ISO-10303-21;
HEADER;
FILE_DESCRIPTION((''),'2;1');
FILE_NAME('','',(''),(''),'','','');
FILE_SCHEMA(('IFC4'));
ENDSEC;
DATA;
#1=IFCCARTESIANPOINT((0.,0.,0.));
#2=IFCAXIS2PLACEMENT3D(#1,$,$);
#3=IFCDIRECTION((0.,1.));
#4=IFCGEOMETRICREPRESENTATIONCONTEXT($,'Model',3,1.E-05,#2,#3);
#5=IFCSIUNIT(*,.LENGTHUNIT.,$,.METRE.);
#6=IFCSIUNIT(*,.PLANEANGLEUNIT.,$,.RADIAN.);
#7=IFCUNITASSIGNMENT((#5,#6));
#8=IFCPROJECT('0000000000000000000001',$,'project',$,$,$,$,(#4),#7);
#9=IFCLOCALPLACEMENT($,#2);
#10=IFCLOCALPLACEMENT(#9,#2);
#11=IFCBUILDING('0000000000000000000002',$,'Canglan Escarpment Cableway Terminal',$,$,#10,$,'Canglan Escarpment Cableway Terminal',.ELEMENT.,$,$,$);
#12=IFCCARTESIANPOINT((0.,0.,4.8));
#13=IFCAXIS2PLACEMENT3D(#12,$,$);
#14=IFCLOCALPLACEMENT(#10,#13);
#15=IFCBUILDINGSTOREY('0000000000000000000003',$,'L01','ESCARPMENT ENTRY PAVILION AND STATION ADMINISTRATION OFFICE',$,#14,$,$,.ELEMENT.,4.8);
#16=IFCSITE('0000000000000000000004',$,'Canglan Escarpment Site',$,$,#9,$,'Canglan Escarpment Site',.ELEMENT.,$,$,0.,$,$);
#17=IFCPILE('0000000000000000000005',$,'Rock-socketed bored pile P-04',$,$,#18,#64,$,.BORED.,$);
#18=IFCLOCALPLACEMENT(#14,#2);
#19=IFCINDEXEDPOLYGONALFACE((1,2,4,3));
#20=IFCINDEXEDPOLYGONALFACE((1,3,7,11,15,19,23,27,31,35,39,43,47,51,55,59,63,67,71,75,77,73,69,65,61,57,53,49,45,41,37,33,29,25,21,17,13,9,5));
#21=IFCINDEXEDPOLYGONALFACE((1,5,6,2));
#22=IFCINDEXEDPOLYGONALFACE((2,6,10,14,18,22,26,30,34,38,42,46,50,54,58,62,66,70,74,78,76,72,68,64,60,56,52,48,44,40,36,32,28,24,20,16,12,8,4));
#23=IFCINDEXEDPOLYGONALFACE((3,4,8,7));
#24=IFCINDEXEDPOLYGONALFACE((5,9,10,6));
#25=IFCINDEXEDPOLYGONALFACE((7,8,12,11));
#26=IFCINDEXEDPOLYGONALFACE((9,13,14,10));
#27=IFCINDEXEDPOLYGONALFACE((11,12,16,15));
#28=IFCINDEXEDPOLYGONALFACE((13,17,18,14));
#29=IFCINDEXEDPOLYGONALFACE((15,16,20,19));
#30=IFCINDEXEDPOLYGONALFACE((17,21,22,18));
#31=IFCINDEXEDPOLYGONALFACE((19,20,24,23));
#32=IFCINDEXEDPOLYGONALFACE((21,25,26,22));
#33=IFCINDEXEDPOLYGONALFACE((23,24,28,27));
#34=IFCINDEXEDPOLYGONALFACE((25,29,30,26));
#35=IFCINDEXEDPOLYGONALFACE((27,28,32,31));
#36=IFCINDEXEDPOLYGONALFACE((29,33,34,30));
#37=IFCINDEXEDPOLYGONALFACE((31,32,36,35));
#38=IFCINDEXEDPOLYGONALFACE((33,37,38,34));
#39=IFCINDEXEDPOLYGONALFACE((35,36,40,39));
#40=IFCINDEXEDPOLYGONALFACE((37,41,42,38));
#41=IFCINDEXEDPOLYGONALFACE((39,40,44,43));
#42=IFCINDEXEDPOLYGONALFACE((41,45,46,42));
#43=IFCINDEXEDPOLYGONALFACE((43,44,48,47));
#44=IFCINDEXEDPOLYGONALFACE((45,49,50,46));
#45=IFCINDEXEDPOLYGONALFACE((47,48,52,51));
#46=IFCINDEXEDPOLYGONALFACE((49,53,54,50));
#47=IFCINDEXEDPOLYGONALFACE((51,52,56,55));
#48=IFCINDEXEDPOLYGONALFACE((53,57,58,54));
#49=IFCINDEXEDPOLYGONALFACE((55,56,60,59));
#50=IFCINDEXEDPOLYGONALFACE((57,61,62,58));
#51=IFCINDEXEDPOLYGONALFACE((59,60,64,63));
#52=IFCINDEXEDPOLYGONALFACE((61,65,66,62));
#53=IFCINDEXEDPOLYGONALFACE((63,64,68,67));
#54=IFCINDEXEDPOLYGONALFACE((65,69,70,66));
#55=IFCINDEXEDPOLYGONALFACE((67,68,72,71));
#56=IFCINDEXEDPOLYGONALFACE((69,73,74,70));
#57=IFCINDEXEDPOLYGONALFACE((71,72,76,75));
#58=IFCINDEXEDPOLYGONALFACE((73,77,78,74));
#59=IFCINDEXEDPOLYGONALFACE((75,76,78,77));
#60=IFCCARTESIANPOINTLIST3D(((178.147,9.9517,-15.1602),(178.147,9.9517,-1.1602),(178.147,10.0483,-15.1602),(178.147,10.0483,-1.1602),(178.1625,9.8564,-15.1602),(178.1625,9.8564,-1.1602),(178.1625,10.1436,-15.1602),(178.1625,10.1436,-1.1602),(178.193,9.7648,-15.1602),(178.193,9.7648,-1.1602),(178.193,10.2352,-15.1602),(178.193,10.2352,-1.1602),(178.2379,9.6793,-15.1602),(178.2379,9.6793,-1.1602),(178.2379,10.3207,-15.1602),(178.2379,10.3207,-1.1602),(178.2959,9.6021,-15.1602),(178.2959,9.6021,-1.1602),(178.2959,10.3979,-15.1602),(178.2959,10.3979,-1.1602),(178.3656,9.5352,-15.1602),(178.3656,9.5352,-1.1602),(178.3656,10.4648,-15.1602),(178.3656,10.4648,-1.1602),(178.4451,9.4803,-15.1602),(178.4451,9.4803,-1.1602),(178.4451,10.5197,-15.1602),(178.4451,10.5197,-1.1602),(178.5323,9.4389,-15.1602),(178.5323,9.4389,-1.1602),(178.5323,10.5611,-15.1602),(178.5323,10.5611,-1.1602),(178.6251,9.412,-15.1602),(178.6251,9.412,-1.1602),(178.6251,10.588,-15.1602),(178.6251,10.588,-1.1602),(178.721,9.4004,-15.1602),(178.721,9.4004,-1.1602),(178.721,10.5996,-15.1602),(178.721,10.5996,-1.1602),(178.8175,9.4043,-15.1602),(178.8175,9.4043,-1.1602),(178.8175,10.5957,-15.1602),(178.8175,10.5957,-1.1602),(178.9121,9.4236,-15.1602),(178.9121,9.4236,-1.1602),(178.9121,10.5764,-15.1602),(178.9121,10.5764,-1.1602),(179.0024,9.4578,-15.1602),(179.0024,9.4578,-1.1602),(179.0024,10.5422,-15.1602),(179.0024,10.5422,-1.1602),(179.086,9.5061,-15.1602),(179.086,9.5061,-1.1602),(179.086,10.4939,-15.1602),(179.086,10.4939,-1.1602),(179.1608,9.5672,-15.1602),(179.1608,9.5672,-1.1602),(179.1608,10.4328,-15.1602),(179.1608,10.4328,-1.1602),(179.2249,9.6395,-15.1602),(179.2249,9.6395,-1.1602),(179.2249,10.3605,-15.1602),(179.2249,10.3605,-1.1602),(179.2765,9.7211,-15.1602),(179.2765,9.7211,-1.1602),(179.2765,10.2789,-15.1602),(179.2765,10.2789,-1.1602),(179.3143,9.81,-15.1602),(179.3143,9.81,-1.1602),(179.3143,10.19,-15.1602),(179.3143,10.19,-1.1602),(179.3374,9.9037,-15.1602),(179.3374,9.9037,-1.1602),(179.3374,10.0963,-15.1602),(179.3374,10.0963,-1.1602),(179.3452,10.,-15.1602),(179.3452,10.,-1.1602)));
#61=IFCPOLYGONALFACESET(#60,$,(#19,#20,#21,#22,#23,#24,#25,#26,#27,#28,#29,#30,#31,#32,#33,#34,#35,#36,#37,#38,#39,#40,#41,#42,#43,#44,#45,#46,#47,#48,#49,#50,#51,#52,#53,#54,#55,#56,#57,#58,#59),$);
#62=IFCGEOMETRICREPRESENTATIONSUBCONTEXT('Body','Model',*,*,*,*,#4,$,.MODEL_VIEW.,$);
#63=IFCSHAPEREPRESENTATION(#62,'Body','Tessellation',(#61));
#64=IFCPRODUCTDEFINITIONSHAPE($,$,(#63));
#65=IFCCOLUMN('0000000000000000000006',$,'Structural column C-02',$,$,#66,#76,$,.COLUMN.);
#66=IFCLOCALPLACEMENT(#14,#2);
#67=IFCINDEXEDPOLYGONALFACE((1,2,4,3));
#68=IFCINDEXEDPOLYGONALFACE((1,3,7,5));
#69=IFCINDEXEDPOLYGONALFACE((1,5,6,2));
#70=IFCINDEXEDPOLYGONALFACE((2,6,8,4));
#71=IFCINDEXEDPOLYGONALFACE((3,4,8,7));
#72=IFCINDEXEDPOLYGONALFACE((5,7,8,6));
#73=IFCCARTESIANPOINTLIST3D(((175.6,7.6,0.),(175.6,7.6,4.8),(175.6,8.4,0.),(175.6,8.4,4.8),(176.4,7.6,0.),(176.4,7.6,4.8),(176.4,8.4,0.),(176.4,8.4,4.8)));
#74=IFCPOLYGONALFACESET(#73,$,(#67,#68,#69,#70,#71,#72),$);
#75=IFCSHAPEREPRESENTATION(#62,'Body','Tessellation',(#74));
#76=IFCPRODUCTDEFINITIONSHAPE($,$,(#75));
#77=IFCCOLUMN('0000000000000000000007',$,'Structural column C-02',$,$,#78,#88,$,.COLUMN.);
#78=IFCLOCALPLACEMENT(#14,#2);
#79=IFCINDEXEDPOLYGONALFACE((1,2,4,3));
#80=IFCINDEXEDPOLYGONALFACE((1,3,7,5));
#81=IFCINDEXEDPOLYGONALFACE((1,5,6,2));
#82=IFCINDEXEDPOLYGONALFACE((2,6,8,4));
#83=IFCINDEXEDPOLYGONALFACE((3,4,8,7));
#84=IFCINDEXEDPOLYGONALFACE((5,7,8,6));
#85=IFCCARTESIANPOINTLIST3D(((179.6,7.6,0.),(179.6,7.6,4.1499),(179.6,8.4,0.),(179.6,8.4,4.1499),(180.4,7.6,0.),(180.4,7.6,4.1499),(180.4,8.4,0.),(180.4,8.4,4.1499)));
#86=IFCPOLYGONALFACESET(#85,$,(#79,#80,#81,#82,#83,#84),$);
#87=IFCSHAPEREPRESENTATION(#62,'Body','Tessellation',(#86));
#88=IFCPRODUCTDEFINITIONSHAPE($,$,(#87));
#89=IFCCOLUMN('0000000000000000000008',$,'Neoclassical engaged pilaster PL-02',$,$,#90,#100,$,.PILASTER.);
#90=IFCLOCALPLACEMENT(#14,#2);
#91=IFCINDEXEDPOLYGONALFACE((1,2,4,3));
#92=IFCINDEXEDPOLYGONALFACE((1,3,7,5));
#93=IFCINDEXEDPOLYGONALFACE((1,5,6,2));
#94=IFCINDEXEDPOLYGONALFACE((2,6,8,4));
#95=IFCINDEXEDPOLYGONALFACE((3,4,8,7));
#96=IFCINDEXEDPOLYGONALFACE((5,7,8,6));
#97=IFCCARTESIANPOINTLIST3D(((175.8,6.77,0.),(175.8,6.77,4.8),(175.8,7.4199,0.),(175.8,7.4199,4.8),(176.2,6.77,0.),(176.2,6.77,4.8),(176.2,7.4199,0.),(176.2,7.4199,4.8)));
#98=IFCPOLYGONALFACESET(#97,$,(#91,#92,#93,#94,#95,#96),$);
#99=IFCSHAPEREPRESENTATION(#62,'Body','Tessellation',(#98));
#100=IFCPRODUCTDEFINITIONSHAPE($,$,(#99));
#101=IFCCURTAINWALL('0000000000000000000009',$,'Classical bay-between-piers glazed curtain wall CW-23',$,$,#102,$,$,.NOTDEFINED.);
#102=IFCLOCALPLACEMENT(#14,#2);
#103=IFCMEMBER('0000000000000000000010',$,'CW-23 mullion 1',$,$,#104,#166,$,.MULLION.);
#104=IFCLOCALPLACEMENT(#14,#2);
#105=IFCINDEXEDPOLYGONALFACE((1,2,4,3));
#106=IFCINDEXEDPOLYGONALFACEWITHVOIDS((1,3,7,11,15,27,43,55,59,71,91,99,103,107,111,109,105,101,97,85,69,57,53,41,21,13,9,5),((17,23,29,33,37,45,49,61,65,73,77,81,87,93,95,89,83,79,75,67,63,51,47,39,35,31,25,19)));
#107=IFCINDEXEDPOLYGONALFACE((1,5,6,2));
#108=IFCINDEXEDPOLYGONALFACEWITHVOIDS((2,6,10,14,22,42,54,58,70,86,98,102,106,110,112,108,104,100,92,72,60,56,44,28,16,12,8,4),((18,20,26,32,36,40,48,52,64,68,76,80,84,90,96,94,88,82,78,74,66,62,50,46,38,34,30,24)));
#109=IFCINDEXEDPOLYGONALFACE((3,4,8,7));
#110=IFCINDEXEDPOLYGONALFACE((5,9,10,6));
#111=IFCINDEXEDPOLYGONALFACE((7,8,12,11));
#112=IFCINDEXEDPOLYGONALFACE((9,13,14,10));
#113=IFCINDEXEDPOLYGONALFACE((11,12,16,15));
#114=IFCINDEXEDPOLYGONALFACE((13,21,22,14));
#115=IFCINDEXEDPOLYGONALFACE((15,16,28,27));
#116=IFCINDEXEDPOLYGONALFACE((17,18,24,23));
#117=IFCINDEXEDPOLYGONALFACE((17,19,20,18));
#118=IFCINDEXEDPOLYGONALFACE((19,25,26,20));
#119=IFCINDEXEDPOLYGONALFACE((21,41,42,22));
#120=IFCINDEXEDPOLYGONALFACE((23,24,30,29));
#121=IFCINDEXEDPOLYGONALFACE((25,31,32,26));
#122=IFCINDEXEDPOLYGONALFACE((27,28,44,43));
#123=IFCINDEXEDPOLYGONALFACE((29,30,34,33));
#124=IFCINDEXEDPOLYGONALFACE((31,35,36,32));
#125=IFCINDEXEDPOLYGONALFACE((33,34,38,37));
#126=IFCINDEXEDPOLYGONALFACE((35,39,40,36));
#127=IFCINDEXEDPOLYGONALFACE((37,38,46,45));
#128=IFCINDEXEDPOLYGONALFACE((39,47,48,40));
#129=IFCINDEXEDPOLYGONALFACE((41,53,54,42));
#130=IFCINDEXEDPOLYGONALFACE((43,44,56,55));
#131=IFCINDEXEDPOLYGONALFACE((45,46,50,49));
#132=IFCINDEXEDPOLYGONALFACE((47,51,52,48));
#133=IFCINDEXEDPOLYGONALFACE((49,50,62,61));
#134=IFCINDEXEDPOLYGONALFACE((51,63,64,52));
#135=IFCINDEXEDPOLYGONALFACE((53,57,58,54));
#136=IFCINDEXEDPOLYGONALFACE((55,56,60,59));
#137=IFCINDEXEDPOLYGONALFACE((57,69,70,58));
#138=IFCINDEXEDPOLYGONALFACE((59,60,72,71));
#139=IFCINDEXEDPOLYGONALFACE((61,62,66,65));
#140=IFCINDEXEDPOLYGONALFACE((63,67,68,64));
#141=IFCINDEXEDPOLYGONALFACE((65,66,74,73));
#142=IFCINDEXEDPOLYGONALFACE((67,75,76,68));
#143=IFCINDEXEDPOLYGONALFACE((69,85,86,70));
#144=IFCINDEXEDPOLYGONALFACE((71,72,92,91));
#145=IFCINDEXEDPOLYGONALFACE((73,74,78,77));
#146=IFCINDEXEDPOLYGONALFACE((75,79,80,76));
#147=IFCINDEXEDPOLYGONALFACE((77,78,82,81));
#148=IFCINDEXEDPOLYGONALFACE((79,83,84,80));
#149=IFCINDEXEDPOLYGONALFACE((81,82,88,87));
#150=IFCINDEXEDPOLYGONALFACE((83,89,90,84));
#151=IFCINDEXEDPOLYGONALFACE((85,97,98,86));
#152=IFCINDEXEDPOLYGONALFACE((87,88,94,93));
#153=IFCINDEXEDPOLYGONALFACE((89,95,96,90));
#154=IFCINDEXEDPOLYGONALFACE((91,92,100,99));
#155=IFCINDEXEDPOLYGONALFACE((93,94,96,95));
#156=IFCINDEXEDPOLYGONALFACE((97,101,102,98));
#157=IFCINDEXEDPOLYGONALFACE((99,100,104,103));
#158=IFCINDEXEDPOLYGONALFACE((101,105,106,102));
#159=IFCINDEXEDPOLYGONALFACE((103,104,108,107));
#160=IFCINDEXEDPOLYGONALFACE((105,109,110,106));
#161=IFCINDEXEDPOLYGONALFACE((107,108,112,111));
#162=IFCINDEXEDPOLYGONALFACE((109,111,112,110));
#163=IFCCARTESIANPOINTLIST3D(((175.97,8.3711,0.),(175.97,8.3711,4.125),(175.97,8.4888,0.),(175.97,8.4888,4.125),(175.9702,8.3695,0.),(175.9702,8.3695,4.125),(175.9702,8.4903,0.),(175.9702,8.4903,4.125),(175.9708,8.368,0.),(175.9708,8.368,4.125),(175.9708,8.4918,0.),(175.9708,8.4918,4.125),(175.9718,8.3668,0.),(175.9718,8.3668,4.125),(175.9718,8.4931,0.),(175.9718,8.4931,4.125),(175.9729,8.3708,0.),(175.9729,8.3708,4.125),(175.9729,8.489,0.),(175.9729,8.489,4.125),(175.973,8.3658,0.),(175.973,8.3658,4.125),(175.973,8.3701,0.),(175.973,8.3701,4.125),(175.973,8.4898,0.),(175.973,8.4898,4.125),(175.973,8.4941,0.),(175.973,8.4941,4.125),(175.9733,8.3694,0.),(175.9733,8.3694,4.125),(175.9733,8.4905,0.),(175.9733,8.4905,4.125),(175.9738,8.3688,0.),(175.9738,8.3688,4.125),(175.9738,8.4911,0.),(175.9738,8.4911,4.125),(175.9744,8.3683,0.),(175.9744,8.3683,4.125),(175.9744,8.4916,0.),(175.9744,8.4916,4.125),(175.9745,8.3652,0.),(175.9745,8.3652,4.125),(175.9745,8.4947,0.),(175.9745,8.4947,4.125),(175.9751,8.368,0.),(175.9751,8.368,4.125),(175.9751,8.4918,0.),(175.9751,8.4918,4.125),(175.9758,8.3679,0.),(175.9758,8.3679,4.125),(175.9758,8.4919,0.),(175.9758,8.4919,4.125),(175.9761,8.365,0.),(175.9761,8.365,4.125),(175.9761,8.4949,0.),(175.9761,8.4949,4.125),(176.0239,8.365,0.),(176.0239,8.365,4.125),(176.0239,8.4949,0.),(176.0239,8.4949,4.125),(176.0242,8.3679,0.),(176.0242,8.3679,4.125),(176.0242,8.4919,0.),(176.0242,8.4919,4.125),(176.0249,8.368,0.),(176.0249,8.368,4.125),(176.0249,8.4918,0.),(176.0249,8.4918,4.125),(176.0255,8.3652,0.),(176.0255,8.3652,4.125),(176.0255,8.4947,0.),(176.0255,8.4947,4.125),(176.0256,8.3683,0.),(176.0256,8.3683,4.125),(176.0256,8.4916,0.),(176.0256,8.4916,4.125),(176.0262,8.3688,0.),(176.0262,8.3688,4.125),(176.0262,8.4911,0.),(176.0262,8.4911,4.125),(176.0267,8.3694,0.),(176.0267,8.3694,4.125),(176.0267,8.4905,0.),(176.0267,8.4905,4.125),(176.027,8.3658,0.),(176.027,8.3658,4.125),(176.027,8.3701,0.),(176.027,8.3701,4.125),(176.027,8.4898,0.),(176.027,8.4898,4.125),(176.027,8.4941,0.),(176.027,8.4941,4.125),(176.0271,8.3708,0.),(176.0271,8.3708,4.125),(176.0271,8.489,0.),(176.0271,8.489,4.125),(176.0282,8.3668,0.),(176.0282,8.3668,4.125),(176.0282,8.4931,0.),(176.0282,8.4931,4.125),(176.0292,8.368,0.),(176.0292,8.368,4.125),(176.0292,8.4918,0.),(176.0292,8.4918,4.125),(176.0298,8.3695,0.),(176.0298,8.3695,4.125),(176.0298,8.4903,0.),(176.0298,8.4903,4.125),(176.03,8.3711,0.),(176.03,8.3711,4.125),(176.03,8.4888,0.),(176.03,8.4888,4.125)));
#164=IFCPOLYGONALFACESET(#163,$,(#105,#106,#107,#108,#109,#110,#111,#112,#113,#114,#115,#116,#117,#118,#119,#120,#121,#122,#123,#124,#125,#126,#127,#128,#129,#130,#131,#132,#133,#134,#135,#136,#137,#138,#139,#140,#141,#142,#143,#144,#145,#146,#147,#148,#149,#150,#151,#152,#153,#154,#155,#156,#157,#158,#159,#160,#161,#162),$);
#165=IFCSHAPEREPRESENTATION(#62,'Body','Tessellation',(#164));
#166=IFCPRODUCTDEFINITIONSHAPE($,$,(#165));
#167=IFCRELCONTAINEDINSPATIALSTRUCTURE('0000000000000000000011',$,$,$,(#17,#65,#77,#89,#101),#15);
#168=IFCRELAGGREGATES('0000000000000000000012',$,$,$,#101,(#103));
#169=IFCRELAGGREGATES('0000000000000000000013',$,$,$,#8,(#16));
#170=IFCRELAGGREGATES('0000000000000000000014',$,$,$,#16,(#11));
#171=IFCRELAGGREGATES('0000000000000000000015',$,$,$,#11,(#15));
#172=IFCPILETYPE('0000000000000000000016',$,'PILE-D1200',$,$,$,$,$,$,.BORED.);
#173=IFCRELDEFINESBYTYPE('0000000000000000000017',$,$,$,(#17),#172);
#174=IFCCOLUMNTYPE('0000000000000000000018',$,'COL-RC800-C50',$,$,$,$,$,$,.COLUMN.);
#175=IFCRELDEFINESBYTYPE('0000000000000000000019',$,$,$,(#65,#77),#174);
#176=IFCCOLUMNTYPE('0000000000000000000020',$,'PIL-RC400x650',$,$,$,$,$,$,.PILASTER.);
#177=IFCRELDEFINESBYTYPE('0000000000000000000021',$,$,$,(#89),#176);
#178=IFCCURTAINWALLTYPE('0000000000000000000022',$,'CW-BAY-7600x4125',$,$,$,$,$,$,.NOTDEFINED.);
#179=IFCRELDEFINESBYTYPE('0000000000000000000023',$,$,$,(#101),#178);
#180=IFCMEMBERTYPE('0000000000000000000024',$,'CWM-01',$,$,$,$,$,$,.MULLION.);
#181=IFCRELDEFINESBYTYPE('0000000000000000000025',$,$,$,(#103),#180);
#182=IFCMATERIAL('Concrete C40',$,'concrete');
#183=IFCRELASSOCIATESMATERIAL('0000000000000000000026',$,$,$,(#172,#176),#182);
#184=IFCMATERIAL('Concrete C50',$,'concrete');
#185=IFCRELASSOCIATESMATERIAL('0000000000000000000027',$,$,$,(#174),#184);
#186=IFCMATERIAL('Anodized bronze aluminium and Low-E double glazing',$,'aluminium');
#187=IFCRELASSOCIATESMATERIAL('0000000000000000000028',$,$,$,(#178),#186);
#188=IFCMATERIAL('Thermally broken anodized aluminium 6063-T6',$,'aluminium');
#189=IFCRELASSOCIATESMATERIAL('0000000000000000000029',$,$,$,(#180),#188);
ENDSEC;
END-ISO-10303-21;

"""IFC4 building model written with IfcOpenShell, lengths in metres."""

from ifc_helpers import new_model, si_unit, direction, frame, origin, origin_2d, place, context, subcontext, project, spatial, rectangle, hollow_rectangle, circle, extrude, material, material_profile, profile_set, type_object, element, aggregate, save


model = new_model("IFC4")

# Units and contexts
model_context = context("Model", 3, precision=1e-05, world=origin(), true_north=direction((0.0, 1.0)))
body_context = subcontext(model_context, "Body", "Model", "MODEL_VIEW")
ifc_project = project(units=[si_unit("LENGTHUNIT", "METRE"), si_unit("PLANEANGLEUNIT", "RADIAN")], contexts=[model_context])

# Site, building, storey
site_placement = place(None, origin())
site = spatial("IfcSite", under=ifc_project, at=site_placement, Name="Canglan Escarpment Site", LongName="Canglan Escarpment Site", CompositionType="ELEMENT", RefElevation=0.0)
building_placement = place(site_placement, origin())
building = spatial("IfcBuilding", under=site, at=building_placement, Name="Canglan Escarpment Cableway Terminal", LongName="Canglan Escarpment Cableway Terminal", CompositionType="ELEMENT")
storey_placement = place(building_placement, frame((0.0, 0.0, 4.8)))
storey = spatial("IfcBuildingStorey", under=building, at=storey_placement, Name="L01", Description="ESCARPMENT ENTRY PAVILION AND STATION ADMINISTRATION OFFICE", CompositionType="ELEMENT", Elevation=4.8)

# Shared definitions
ifc_material_1 = material(Name="Concrete C40", Category="concrete")

# Pile
ifc_material_profile_1 = material_profile(ifc_material_1, circle(Radius=0.6001, at=origin_2d()), Name="BORED PILE D1200")
ifc_profile_set_1 = profile_set([ifc_material_profile_1], Name="Concrete C40")
pile_type = type_object("IfcPileType", Name="PILE-D1200", PredefinedType="BORED", material=ifc_profile_set_1)
for number, where, z_axis, x_axis, name in (
    (1, (178.7451, 10.0, -1.1602), (0.0, 0.0, -1.0), (1.0, 0.0, 0.0), "Rock-socketed bored pile P-04"),
):
    element("IfcPile", number, at=place(storey_placement, frame(where, z_axis=z_axis, x_axis=x_axis)), inside=storey, type_object=pile_type, Name=name, PredefinedType="BORED", context=body_context, shape_type="SweptSolid", body=[
        extrude(circle(Radius=0.6001, at=origin_2d()), origin(), (0.0, 0.0, 1.0), 14.0),
    ])

# Columns
ifc_material_2 = material(Name="Concrete C50", Category="concrete")
ifc_material_profile_2 = material_profile(ifc_material_2, rectangle(XDim=0.8, YDim=0.8, at=origin_2d()), Name="RC 800x800")
ifc_profile_set_2 = profile_set([ifc_material_profile_2], Name="Concrete C50")
column_type_1 = type_object("IfcColumnType", Name="COL-RC800-C50", PredefinedType="COLUMN", material=ifc_profile_set_2)
column_1_placement = place(storey_placement, frame((176.0, 8.0, 0.0), z_axis=(0.0, 0.0, 1.0), x_axis=(1.0, 0.0, 0.0)))
element("IfcColumn", 2, at=column_1_placement, inside=storey, type_object=column_type_1, Name="Structural column C-02", PredefinedType="COLUMN", context=body_context, shape_type="SweptSolid", body=[
    extrude(rectangle(XDim=0.8, YDim=0.8, at=origin_2d()), origin(), (0.0, 0.0, 1.0), 4.8),
])
column_2_placement = place(storey_placement, frame((180.0, 8.0, 0.0), z_axis=(0.0, 0.0, 1.0), x_axis=(1.0, 0.0, 0.0)))
element("IfcColumn", 3, at=column_2_placement, inside=storey, type_object=column_type_1, Name="Structural column C-02", PredefinedType="COLUMN", context=body_context, shape_type="SweptSolid", body=[
    extrude(rectangle(XDim=0.8, YDim=0.8, at=origin_2d()), origin(), (0.0, 0.0, 1.0), 4.1499),
])
ifc_material_profile_3 = material_profile(ifc_material_1, rectangle(XDim=0.3999, YDim=0.6499, at=origin_2d()), Name="RC-PIL 400x650")
ifc_profile_set_3 = profile_set([ifc_material_profile_3], Name="Concrete C40")
column_type_2 = type_object("IfcColumnType", Name="PIL-RC400x650", PredefinedType="PILASTER", material=ifc_profile_set_3)
column_3_placement = place(storey_placement, frame((176.0, 7.095, 0.0), z_axis=(0.0, 0.0, 1.0), x_axis=(1.0, 0.0, 0.0)))
element("IfcColumn", 4, at=column_3_placement, inside=storey, type_object=column_type_2, Name="Neoclassical engaged pilaster PL-02", PredefinedType="PILASTER", context=body_context, shape_type="SweptSolid", body=[
    extrude(rectangle(XDim=0.3999, YDim=0.6499, at=origin_2d()), origin(), (0.0, 0.0, 1.0), 4.8),
])

# Curtain wall, member
ifc_material_3 = material(Name="Anodized bronze aluminium and Low-E double glazing", Category="aluminium")
curtain_wall_type_1 = type_object("IfcCurtainWallType", Name="CW-BAY-7600x4125", PredefinedType="NOTDEFINED", material=ifc_material_3)
curtain_wall_1_placement = place(storey_placement, origin())
curtain_wall_1 = element("IfcCurtainWall", 5, at=curtain_wall_1_placement, inside=storey, type_object=curtain_wall_type_1, Name="Classical bay-between-piers glazed curtain wall CW-23", PredefinedType="NOTDEFINED")
ifc_material_4 = material(Name="Thermally broken anodized aluminium 6063-T6", Category="aluminium")
ifc_material_profile_4 = material_profile(ifc_material_4, hollow_rectangle(XDim=0.0601, YDim=0.1299, WallThickness=0.0029, InnerFilletRadius=0.0029, OuterFilletRadius=0.0061, at=origin_2d()), Name="ALU-MULL 60x130x3")
ifc_profile_set_4 = profile_set([ifc_material_profile_4], Name="Thermally broken anodized aluminium 6063-T6")
member_type_1 = type_object("IfcMemberType", Name="CWM-01", PredefinedType="MULLION", material=ifc_profile_set_4)
member_1_placement = place(storey_placement, frame((176.0, 8.4299, 0.0), z_axis=(0.0, 0.0, 1.0), x_axis=(-1.0, 0.0, 0.0)))
member_1 = element("IfcMember", 6, at=member_1_placement, type_object=member_type_1, Name="CW-23 mullion 1", PredefinedType="MULLION", context=body_context, shape_type="SweptSolid", body=[
    extrude(hollow_rectangle(XDim=0.0601, YDim=0.1299, WallThickness=0.0029, InnerFilletRadius=0.0029, OuterFilletRadius=0.0061, at=origin_2d()), origin(), (0.0, 0.0, 1.0), 4.125),
])

aggregate(curtain_wall_1, [member_1])

save(model, "model.ifc")
